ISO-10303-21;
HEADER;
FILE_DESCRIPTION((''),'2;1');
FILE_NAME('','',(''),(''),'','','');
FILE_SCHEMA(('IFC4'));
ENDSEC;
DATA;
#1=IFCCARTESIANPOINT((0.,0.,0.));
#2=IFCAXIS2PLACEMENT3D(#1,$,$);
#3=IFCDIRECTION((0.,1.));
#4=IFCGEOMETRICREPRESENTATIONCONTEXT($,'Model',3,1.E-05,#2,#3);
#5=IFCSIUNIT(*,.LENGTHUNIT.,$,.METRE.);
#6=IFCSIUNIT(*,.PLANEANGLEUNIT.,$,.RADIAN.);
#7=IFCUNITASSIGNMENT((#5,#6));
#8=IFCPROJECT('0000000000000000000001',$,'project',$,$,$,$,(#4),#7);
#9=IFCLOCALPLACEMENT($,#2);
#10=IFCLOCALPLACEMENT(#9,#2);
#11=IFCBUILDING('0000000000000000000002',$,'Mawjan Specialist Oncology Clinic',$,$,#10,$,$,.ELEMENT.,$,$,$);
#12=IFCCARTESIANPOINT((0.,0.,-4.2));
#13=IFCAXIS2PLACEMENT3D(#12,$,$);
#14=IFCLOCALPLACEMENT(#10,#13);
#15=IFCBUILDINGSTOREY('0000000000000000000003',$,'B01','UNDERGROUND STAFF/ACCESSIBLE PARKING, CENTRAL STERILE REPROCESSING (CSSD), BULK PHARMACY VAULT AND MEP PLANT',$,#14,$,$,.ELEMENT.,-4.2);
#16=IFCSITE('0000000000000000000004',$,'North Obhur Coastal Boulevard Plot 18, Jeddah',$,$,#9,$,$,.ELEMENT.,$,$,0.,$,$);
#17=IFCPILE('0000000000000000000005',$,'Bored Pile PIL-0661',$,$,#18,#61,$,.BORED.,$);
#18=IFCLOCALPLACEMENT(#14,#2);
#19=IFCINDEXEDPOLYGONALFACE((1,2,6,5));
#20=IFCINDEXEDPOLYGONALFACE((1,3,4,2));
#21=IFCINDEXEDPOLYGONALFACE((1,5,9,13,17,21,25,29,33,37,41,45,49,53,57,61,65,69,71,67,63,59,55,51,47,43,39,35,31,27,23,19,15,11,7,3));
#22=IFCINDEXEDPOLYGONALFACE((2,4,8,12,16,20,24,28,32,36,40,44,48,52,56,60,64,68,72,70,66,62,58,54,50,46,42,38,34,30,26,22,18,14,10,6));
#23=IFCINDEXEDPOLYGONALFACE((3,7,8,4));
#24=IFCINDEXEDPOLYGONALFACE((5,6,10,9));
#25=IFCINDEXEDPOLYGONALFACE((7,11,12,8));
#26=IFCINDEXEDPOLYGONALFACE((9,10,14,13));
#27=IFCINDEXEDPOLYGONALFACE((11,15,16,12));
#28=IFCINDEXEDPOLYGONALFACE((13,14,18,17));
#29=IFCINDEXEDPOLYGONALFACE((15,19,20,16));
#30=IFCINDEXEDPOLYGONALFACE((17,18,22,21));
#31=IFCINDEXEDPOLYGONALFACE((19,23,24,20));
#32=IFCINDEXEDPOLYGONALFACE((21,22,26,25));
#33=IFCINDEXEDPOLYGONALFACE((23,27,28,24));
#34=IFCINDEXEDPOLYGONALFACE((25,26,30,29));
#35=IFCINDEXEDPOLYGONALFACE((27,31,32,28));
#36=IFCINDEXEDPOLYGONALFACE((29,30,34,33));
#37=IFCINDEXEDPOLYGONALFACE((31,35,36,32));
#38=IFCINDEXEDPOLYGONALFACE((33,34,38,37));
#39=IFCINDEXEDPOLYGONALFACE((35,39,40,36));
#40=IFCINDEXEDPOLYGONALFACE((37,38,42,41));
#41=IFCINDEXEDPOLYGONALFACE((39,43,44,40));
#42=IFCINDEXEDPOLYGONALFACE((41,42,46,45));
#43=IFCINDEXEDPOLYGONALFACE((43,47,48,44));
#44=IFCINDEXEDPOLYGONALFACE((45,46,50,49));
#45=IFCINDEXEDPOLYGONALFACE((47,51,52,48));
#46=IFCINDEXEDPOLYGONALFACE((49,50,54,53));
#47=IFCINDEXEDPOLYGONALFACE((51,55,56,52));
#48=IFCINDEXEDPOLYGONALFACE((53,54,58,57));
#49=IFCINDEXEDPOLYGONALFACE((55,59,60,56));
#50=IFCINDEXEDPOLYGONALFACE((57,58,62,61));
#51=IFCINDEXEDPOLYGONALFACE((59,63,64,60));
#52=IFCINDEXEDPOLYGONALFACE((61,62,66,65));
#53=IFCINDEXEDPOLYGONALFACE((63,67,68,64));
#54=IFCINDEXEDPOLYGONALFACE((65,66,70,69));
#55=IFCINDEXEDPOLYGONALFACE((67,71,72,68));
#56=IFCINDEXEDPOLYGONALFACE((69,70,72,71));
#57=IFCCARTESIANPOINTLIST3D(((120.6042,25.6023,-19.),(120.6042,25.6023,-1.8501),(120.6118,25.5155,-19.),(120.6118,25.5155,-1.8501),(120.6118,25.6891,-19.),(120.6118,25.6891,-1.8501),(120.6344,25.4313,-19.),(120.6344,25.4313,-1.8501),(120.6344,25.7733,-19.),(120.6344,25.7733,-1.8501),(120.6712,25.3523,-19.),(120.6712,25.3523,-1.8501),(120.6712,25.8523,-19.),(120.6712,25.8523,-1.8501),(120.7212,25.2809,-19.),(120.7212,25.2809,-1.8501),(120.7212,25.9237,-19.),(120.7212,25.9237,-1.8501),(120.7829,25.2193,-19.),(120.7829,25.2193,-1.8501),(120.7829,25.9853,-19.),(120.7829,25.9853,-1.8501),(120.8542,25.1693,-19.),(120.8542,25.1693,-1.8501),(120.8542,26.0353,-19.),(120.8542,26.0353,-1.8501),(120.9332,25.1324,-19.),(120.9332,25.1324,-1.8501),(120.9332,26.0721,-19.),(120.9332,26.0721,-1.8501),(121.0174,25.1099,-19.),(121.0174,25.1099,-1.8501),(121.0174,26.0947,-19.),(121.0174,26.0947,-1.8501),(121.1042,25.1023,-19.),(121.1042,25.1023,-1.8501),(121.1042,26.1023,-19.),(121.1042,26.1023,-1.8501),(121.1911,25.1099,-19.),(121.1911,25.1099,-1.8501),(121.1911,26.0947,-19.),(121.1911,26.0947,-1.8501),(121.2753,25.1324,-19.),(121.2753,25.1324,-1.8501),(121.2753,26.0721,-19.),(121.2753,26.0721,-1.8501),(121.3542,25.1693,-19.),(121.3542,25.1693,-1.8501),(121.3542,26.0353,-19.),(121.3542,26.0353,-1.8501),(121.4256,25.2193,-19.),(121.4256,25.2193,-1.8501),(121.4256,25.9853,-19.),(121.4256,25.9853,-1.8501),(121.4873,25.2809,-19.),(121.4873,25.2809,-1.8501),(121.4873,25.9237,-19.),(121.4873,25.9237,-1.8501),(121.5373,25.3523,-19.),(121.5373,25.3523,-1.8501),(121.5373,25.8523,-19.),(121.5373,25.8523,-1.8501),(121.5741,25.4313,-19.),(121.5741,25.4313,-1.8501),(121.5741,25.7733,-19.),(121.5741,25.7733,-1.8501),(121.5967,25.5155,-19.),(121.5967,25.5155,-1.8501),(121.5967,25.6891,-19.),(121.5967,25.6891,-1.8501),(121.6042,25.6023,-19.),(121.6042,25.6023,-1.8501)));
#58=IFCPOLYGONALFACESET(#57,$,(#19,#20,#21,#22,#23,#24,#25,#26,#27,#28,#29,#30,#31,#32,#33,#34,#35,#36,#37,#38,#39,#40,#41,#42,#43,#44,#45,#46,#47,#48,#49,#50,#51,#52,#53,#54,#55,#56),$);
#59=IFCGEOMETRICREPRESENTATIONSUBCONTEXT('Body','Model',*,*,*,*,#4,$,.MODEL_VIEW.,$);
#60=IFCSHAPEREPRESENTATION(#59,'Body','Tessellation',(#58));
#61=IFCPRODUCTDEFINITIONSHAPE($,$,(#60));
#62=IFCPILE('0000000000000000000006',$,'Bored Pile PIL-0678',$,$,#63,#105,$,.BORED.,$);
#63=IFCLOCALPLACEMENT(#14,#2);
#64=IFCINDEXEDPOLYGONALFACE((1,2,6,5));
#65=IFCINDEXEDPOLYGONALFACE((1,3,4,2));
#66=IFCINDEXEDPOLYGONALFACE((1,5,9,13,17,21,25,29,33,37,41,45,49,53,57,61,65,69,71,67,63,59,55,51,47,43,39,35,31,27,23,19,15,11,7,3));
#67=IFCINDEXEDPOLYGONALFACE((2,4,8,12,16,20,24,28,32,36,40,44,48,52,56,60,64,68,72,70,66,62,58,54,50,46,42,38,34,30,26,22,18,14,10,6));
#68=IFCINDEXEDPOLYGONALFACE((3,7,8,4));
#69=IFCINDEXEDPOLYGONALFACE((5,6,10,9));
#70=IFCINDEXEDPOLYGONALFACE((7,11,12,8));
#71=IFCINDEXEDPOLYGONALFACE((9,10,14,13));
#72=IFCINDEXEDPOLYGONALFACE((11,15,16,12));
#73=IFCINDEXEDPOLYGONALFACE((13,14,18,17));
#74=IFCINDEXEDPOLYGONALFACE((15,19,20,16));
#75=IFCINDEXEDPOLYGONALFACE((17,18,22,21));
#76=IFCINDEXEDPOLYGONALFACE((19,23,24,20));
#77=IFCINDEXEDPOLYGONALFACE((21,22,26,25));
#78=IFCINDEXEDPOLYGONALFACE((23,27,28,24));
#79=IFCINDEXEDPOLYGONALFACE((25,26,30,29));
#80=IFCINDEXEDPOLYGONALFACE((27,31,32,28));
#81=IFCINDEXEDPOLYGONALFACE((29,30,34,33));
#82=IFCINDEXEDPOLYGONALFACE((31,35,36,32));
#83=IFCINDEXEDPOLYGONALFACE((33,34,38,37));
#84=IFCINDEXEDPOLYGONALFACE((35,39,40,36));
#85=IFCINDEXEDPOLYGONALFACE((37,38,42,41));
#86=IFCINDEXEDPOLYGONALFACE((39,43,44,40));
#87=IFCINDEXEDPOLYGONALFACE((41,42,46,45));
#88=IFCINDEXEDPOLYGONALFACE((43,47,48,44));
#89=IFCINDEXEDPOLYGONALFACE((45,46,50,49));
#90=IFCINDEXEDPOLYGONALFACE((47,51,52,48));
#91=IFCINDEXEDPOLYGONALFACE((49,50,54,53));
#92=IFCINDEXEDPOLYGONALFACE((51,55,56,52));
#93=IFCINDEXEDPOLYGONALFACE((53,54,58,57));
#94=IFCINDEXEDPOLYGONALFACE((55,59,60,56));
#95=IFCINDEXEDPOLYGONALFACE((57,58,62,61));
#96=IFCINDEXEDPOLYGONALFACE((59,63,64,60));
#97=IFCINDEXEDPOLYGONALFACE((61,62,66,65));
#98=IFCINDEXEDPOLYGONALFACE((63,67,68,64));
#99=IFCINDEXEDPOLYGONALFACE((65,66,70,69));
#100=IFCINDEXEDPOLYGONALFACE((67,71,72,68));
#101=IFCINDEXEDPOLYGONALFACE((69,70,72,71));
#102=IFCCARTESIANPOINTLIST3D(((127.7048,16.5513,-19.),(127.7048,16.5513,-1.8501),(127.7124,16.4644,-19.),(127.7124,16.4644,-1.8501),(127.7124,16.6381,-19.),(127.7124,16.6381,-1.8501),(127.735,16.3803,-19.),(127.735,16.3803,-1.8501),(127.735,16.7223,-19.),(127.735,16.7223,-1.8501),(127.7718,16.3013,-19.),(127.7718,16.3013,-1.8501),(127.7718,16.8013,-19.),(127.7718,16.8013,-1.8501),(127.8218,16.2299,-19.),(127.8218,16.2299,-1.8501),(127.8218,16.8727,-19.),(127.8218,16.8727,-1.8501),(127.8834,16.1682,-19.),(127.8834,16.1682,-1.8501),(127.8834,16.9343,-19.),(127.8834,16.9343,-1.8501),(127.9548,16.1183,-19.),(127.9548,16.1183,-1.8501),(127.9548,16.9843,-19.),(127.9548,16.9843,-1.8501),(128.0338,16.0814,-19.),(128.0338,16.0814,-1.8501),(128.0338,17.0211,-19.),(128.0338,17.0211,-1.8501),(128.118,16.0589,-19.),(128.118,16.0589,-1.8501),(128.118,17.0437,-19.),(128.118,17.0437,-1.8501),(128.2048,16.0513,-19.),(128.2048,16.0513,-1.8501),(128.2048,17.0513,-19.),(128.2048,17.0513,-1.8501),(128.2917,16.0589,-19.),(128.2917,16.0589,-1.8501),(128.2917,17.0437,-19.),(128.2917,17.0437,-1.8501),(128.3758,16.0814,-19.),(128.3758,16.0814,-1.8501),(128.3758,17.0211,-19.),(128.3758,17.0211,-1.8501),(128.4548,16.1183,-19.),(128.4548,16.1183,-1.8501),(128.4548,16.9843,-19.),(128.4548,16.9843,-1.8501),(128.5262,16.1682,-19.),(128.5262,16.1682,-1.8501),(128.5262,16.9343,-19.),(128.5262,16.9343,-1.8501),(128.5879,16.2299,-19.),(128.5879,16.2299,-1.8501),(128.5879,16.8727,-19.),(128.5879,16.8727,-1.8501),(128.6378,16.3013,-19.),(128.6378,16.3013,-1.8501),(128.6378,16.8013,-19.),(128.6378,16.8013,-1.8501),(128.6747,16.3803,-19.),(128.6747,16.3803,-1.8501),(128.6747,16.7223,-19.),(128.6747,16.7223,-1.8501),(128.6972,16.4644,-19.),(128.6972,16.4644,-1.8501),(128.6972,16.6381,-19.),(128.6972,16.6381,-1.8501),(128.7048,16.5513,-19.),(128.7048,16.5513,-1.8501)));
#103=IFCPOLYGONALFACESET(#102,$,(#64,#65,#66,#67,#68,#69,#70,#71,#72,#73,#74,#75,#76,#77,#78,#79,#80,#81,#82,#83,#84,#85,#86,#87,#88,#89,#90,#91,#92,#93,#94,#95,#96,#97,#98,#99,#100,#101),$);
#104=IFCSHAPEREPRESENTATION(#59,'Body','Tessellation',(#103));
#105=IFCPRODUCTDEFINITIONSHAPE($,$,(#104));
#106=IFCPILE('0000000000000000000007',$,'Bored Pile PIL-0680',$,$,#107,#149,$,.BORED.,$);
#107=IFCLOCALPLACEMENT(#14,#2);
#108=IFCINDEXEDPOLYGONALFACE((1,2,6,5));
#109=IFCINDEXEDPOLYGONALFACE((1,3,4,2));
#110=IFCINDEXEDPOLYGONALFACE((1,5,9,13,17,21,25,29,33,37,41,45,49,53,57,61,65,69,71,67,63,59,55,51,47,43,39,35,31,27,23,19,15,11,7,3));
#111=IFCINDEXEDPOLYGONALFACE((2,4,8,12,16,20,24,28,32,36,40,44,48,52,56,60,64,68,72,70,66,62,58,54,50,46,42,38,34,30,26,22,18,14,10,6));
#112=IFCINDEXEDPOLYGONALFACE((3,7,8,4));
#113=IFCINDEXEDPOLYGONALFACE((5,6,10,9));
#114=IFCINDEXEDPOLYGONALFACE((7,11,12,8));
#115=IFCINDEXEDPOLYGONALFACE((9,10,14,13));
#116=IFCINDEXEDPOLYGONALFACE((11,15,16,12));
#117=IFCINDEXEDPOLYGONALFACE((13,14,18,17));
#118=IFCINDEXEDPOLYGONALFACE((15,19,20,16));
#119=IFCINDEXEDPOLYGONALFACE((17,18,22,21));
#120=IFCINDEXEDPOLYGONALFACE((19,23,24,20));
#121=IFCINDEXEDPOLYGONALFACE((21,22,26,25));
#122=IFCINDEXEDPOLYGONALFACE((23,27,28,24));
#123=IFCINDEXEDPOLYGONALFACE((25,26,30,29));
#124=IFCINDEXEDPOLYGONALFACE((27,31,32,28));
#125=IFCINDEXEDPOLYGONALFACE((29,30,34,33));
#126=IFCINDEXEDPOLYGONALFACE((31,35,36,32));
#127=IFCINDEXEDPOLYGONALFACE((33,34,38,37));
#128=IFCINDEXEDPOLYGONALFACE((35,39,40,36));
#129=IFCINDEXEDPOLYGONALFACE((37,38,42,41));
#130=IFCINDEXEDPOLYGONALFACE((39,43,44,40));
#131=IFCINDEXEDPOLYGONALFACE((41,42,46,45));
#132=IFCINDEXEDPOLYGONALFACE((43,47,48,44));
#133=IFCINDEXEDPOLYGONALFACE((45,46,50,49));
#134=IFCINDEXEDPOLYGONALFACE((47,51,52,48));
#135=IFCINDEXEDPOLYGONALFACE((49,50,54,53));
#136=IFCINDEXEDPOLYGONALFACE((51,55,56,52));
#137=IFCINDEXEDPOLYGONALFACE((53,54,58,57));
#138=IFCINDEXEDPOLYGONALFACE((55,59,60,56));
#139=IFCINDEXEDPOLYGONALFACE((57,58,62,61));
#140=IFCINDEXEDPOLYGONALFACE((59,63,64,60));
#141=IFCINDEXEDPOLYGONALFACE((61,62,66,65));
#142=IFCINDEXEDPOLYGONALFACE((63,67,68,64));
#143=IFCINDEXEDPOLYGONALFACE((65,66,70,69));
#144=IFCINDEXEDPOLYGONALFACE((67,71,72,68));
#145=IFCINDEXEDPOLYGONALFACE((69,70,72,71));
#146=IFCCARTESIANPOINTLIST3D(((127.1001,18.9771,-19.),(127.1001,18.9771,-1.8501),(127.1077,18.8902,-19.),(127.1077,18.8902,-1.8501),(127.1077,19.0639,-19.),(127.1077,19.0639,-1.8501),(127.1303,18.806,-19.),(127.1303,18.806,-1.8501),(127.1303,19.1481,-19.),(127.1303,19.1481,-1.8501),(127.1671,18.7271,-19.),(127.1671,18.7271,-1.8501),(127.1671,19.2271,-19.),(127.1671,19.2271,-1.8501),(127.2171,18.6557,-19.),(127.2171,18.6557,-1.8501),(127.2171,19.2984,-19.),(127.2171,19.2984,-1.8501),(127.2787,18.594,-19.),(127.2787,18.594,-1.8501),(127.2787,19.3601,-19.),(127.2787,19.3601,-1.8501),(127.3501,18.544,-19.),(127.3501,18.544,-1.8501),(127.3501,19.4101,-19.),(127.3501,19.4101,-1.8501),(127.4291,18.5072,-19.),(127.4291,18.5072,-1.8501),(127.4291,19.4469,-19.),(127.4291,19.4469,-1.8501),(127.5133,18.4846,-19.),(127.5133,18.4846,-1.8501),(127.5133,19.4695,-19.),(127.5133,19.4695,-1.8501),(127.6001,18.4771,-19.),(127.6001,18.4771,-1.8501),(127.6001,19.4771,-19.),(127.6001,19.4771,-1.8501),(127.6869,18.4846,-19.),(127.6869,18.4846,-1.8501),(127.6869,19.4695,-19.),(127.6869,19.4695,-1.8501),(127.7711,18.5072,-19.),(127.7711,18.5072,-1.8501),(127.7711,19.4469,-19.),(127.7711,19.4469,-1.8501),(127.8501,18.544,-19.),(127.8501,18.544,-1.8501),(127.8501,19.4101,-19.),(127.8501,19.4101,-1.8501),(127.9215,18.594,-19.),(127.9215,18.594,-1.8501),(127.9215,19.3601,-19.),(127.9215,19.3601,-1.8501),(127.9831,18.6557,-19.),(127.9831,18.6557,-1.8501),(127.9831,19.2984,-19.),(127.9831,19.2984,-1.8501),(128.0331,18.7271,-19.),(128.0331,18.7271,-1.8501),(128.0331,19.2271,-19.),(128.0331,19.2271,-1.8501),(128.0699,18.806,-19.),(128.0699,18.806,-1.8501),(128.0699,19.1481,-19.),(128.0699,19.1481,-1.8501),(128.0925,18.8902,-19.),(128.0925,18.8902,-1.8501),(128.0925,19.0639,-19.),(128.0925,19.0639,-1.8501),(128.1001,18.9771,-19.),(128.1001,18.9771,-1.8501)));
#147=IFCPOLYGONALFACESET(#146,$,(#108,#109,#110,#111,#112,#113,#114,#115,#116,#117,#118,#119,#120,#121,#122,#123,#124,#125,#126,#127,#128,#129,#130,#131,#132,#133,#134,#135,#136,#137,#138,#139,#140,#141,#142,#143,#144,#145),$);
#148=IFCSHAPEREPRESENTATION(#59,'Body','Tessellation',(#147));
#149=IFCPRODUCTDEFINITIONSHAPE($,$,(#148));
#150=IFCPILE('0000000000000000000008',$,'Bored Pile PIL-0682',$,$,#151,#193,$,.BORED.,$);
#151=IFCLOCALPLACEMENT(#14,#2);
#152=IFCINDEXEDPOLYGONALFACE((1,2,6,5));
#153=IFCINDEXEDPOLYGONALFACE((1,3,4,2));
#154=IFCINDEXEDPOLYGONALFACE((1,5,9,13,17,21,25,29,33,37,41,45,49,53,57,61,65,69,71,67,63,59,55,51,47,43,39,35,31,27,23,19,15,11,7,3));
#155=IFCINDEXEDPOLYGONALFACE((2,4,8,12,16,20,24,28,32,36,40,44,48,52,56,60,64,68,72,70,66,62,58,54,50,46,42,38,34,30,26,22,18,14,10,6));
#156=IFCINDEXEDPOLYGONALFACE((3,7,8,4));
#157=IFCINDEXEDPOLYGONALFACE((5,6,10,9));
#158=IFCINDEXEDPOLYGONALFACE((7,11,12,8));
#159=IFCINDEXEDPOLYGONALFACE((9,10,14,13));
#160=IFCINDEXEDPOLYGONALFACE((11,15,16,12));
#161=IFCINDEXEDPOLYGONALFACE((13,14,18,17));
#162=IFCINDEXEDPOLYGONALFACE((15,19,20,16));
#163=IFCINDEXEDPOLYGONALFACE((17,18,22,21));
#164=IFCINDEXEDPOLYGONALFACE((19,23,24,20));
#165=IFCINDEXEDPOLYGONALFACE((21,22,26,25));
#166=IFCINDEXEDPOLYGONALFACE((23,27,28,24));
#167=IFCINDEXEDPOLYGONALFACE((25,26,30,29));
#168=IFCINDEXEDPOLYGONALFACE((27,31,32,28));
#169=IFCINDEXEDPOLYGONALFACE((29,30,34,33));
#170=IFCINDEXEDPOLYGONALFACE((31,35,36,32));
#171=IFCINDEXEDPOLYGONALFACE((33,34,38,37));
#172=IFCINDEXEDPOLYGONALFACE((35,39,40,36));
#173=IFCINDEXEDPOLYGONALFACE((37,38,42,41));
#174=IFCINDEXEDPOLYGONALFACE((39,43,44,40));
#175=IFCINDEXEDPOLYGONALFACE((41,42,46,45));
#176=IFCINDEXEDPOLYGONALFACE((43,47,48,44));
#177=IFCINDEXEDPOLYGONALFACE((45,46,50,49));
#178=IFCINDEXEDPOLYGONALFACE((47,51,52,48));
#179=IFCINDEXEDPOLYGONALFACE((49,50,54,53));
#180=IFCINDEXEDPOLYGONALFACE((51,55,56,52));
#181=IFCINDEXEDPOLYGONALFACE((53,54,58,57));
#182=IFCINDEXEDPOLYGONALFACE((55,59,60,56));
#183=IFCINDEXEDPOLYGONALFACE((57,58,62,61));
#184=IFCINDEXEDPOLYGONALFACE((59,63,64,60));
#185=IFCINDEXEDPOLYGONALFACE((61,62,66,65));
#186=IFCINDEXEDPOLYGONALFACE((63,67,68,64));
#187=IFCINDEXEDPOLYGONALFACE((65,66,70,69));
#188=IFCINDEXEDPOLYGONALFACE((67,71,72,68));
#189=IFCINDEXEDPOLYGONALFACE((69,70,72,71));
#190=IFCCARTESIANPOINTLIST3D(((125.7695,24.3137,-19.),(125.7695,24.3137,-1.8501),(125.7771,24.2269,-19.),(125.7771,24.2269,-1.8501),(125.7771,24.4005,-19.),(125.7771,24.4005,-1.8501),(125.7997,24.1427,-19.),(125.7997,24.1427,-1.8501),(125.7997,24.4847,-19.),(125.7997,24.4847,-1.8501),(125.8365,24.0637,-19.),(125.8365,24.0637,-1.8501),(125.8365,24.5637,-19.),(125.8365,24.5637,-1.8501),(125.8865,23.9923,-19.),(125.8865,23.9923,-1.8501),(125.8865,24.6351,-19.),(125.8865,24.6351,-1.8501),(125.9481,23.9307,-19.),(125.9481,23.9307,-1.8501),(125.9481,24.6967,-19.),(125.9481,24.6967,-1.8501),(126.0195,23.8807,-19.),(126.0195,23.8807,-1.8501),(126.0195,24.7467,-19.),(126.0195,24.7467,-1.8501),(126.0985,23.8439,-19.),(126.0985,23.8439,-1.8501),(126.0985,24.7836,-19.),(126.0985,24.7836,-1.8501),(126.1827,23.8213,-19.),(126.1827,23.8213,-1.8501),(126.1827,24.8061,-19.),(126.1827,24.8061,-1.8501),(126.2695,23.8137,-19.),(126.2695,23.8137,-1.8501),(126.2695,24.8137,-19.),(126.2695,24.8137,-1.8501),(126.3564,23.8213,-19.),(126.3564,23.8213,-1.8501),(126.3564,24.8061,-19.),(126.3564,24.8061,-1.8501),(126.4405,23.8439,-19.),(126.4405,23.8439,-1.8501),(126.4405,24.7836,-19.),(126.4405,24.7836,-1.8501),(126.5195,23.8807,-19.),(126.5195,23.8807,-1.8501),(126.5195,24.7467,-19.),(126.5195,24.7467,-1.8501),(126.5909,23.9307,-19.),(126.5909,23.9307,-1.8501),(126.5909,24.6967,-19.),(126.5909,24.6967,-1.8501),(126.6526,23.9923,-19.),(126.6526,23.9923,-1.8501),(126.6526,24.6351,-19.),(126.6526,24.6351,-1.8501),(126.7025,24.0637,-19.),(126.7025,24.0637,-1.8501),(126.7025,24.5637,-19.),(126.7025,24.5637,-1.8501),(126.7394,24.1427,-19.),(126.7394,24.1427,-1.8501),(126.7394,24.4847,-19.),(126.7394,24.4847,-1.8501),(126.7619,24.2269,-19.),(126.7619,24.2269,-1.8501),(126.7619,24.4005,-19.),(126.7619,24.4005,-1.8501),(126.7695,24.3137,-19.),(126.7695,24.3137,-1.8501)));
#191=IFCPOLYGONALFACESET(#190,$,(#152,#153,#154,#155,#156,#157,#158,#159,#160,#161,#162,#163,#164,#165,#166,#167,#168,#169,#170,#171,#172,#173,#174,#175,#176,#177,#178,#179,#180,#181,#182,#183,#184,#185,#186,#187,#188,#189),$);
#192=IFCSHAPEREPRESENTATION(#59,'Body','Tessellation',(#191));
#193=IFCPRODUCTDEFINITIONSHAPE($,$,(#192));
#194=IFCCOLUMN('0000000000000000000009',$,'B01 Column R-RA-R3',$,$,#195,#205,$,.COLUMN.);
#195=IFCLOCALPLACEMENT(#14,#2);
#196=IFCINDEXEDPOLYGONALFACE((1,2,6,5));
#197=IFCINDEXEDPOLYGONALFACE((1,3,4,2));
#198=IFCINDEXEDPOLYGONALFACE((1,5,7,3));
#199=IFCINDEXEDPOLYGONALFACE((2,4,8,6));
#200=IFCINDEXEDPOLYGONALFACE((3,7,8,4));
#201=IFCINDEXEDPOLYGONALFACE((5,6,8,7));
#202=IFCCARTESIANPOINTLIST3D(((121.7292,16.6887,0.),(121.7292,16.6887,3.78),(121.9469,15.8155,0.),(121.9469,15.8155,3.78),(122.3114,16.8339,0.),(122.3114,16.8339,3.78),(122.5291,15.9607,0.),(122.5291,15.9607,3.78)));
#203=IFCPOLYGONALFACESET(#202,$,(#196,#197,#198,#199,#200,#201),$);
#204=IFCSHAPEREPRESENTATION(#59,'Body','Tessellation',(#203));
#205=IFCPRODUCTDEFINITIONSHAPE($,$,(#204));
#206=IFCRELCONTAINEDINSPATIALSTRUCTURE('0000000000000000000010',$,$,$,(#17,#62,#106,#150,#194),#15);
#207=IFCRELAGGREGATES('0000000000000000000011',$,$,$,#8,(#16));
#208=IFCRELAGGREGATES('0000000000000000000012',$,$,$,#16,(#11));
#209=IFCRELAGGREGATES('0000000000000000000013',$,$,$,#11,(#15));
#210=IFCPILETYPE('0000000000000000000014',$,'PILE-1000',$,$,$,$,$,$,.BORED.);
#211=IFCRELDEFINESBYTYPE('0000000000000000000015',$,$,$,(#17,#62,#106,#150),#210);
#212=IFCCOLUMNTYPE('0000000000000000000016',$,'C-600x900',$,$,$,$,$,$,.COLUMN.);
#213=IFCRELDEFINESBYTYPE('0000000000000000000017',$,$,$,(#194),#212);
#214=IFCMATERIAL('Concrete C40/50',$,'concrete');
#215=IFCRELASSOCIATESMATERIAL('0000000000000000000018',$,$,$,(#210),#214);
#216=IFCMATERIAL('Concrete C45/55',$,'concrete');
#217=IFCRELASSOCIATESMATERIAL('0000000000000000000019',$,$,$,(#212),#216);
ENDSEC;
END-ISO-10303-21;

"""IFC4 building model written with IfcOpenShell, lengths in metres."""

from ifc_helpers import new_model, si_unit, direction, frame, origin, origin_2d, place, context, subcontext, project, spatial, rectangle, circle, extrude, material, material_profile, profile_set, type_object, element, save


model = new_model("IFC4")

# Units and contexts
model_context = context("Model", 3, precision=1e-05, world=origin(), true_north=direction((0.0, 1.0)))
body_context = subcontext(model_context, "Body", "Model", "MODEL_VIEW")
ifc_project = project(units=[si_unit("LENGTHUNIT", "METRE"), si_unit("PLANEANGLEUNIT", "RADIAN")], contexts=[model_context])

# Site, building, storey
site_placement = place(None, origin())
site = spatial("IfcSite", under=ifc_project, at=site_placement, Name="North Obhur Coastal Boulevard Plot 18, Jeddah", CompositionType="ELEMENT", RefElevation=0.0)
building_placement = place(site_placement, origin())
building = spatial("IfcBuilding", under=site, at=building_placement, Name="Mawjan Specialist Oncology Clinic", CompositionType="ELEMENT")
storey_placement = place(building_placement, frame((0.0, 0.0, -4.2)))
storey = spatial("IfcBuildingStorey", under=building, at=storey_placement, Name="B01", Description="UNDERGROUND STAFF/ACCESSIBLE PARKING, CENTRAL STERILE REPROCESSING (CSSD), BULK PHARMACY VAULT AND MEP PLANT", CompositionType="ELEMENT", Elevation=-4.2)

# Piles
ifc_material_1 = material(Name="Concrete C40/50", Category="concrete")
ifc_material_profile_1 = material_profile(ifc_material_1, circle(Radius=0.5, at=origin_2d()), Name="BORED PILE D1000", Category="concrete")
ifc_profile_set_1 = profile_set([ifc_material_profile_1], Name="Concrete C40/50")
pile_type = type_object("IfcPileType", Name="PILE-1000", PredefinedType="BORED", material=ifc_profile_set_1)
for number, where, z_axis, x_axis, name in (
    (1, (121.1042, 25.6023, -1.8501), (0.0, 0.0, -1.0), (1.0, 0.0, 0.0), "Bored Pile PIL-0661"),
    (2, (128.2048, 16.5513, -1.8501), (0.0, 0.0, -1.0), (1.0, 0.0, 0.0), "Bored Pile PIL-0678"),
    (3, (127.6001, 18.9771, -1.8501), (0.0, 0.0, -1.0), (1.0, 0.0, 0.0), "Bored Pile PIL-0680"),
    (4, (126.2695, 24.3137, -1.8501), (0.0, 0.0, -1.0), (1.0, 0.0, 0.0), "Bored Pile PIL-0682"),
):
    element("IfcPile", number, at=place(storey_placement, frame(where, z_axis=z_axis, x_axis=x_axis)), inside=storey, type_object=pile_type, Name=name, PredefinedType="BORED", context=body_context, shape_type="SweptSolid", body=[
        extrude(circle(Radius=0.5, at=origin_2d()), origin(), (0.0, 0.0, 1.0), 17.1499),
    ])

# Column
ifc_material_2 = material(Name="Concrete C45/55", Category="concrete")
ifc_material_profile_2 = material_profile(ifc_material_2, rectangle(XDim=0.6001, YDim=0.8999, at=origin_2d()), Name="RC COL 600x900", Category="concrete")
ifc_profile_set_2 = profile_set([ifc_material_profile_2], Name="Concrete C45/55")
column_type = type_object("IfcColumnType", Name="C-600x900", PredefinedType="COLUMN", material=ifc_profile_set_2)
for number, where, z_axis, x_axis, name in (
    (5, (122.1292, 16.3247, 0.0), (0.0, 0.0, 1.0), (0.970296, 0.241922, 0.0), "B01 Column R-RA-R3"),
):
    element("IfcColumn", number, at=place(storey_placement, frame(where, z_axis=z_axis, x_axis=x_axis)), inside=storey, type_object=column_type, Name=name, PredefinedType="COLUMN", context=body_context, shape_type="SweptSolid", body=[
        extrude(rectangle(XDim=0.6001, YDim=0.8999, at=origin_2d()), origin(), (0.0, 0.0, 1.0), 3.78),
    ])

save(model, "model.ifc")
